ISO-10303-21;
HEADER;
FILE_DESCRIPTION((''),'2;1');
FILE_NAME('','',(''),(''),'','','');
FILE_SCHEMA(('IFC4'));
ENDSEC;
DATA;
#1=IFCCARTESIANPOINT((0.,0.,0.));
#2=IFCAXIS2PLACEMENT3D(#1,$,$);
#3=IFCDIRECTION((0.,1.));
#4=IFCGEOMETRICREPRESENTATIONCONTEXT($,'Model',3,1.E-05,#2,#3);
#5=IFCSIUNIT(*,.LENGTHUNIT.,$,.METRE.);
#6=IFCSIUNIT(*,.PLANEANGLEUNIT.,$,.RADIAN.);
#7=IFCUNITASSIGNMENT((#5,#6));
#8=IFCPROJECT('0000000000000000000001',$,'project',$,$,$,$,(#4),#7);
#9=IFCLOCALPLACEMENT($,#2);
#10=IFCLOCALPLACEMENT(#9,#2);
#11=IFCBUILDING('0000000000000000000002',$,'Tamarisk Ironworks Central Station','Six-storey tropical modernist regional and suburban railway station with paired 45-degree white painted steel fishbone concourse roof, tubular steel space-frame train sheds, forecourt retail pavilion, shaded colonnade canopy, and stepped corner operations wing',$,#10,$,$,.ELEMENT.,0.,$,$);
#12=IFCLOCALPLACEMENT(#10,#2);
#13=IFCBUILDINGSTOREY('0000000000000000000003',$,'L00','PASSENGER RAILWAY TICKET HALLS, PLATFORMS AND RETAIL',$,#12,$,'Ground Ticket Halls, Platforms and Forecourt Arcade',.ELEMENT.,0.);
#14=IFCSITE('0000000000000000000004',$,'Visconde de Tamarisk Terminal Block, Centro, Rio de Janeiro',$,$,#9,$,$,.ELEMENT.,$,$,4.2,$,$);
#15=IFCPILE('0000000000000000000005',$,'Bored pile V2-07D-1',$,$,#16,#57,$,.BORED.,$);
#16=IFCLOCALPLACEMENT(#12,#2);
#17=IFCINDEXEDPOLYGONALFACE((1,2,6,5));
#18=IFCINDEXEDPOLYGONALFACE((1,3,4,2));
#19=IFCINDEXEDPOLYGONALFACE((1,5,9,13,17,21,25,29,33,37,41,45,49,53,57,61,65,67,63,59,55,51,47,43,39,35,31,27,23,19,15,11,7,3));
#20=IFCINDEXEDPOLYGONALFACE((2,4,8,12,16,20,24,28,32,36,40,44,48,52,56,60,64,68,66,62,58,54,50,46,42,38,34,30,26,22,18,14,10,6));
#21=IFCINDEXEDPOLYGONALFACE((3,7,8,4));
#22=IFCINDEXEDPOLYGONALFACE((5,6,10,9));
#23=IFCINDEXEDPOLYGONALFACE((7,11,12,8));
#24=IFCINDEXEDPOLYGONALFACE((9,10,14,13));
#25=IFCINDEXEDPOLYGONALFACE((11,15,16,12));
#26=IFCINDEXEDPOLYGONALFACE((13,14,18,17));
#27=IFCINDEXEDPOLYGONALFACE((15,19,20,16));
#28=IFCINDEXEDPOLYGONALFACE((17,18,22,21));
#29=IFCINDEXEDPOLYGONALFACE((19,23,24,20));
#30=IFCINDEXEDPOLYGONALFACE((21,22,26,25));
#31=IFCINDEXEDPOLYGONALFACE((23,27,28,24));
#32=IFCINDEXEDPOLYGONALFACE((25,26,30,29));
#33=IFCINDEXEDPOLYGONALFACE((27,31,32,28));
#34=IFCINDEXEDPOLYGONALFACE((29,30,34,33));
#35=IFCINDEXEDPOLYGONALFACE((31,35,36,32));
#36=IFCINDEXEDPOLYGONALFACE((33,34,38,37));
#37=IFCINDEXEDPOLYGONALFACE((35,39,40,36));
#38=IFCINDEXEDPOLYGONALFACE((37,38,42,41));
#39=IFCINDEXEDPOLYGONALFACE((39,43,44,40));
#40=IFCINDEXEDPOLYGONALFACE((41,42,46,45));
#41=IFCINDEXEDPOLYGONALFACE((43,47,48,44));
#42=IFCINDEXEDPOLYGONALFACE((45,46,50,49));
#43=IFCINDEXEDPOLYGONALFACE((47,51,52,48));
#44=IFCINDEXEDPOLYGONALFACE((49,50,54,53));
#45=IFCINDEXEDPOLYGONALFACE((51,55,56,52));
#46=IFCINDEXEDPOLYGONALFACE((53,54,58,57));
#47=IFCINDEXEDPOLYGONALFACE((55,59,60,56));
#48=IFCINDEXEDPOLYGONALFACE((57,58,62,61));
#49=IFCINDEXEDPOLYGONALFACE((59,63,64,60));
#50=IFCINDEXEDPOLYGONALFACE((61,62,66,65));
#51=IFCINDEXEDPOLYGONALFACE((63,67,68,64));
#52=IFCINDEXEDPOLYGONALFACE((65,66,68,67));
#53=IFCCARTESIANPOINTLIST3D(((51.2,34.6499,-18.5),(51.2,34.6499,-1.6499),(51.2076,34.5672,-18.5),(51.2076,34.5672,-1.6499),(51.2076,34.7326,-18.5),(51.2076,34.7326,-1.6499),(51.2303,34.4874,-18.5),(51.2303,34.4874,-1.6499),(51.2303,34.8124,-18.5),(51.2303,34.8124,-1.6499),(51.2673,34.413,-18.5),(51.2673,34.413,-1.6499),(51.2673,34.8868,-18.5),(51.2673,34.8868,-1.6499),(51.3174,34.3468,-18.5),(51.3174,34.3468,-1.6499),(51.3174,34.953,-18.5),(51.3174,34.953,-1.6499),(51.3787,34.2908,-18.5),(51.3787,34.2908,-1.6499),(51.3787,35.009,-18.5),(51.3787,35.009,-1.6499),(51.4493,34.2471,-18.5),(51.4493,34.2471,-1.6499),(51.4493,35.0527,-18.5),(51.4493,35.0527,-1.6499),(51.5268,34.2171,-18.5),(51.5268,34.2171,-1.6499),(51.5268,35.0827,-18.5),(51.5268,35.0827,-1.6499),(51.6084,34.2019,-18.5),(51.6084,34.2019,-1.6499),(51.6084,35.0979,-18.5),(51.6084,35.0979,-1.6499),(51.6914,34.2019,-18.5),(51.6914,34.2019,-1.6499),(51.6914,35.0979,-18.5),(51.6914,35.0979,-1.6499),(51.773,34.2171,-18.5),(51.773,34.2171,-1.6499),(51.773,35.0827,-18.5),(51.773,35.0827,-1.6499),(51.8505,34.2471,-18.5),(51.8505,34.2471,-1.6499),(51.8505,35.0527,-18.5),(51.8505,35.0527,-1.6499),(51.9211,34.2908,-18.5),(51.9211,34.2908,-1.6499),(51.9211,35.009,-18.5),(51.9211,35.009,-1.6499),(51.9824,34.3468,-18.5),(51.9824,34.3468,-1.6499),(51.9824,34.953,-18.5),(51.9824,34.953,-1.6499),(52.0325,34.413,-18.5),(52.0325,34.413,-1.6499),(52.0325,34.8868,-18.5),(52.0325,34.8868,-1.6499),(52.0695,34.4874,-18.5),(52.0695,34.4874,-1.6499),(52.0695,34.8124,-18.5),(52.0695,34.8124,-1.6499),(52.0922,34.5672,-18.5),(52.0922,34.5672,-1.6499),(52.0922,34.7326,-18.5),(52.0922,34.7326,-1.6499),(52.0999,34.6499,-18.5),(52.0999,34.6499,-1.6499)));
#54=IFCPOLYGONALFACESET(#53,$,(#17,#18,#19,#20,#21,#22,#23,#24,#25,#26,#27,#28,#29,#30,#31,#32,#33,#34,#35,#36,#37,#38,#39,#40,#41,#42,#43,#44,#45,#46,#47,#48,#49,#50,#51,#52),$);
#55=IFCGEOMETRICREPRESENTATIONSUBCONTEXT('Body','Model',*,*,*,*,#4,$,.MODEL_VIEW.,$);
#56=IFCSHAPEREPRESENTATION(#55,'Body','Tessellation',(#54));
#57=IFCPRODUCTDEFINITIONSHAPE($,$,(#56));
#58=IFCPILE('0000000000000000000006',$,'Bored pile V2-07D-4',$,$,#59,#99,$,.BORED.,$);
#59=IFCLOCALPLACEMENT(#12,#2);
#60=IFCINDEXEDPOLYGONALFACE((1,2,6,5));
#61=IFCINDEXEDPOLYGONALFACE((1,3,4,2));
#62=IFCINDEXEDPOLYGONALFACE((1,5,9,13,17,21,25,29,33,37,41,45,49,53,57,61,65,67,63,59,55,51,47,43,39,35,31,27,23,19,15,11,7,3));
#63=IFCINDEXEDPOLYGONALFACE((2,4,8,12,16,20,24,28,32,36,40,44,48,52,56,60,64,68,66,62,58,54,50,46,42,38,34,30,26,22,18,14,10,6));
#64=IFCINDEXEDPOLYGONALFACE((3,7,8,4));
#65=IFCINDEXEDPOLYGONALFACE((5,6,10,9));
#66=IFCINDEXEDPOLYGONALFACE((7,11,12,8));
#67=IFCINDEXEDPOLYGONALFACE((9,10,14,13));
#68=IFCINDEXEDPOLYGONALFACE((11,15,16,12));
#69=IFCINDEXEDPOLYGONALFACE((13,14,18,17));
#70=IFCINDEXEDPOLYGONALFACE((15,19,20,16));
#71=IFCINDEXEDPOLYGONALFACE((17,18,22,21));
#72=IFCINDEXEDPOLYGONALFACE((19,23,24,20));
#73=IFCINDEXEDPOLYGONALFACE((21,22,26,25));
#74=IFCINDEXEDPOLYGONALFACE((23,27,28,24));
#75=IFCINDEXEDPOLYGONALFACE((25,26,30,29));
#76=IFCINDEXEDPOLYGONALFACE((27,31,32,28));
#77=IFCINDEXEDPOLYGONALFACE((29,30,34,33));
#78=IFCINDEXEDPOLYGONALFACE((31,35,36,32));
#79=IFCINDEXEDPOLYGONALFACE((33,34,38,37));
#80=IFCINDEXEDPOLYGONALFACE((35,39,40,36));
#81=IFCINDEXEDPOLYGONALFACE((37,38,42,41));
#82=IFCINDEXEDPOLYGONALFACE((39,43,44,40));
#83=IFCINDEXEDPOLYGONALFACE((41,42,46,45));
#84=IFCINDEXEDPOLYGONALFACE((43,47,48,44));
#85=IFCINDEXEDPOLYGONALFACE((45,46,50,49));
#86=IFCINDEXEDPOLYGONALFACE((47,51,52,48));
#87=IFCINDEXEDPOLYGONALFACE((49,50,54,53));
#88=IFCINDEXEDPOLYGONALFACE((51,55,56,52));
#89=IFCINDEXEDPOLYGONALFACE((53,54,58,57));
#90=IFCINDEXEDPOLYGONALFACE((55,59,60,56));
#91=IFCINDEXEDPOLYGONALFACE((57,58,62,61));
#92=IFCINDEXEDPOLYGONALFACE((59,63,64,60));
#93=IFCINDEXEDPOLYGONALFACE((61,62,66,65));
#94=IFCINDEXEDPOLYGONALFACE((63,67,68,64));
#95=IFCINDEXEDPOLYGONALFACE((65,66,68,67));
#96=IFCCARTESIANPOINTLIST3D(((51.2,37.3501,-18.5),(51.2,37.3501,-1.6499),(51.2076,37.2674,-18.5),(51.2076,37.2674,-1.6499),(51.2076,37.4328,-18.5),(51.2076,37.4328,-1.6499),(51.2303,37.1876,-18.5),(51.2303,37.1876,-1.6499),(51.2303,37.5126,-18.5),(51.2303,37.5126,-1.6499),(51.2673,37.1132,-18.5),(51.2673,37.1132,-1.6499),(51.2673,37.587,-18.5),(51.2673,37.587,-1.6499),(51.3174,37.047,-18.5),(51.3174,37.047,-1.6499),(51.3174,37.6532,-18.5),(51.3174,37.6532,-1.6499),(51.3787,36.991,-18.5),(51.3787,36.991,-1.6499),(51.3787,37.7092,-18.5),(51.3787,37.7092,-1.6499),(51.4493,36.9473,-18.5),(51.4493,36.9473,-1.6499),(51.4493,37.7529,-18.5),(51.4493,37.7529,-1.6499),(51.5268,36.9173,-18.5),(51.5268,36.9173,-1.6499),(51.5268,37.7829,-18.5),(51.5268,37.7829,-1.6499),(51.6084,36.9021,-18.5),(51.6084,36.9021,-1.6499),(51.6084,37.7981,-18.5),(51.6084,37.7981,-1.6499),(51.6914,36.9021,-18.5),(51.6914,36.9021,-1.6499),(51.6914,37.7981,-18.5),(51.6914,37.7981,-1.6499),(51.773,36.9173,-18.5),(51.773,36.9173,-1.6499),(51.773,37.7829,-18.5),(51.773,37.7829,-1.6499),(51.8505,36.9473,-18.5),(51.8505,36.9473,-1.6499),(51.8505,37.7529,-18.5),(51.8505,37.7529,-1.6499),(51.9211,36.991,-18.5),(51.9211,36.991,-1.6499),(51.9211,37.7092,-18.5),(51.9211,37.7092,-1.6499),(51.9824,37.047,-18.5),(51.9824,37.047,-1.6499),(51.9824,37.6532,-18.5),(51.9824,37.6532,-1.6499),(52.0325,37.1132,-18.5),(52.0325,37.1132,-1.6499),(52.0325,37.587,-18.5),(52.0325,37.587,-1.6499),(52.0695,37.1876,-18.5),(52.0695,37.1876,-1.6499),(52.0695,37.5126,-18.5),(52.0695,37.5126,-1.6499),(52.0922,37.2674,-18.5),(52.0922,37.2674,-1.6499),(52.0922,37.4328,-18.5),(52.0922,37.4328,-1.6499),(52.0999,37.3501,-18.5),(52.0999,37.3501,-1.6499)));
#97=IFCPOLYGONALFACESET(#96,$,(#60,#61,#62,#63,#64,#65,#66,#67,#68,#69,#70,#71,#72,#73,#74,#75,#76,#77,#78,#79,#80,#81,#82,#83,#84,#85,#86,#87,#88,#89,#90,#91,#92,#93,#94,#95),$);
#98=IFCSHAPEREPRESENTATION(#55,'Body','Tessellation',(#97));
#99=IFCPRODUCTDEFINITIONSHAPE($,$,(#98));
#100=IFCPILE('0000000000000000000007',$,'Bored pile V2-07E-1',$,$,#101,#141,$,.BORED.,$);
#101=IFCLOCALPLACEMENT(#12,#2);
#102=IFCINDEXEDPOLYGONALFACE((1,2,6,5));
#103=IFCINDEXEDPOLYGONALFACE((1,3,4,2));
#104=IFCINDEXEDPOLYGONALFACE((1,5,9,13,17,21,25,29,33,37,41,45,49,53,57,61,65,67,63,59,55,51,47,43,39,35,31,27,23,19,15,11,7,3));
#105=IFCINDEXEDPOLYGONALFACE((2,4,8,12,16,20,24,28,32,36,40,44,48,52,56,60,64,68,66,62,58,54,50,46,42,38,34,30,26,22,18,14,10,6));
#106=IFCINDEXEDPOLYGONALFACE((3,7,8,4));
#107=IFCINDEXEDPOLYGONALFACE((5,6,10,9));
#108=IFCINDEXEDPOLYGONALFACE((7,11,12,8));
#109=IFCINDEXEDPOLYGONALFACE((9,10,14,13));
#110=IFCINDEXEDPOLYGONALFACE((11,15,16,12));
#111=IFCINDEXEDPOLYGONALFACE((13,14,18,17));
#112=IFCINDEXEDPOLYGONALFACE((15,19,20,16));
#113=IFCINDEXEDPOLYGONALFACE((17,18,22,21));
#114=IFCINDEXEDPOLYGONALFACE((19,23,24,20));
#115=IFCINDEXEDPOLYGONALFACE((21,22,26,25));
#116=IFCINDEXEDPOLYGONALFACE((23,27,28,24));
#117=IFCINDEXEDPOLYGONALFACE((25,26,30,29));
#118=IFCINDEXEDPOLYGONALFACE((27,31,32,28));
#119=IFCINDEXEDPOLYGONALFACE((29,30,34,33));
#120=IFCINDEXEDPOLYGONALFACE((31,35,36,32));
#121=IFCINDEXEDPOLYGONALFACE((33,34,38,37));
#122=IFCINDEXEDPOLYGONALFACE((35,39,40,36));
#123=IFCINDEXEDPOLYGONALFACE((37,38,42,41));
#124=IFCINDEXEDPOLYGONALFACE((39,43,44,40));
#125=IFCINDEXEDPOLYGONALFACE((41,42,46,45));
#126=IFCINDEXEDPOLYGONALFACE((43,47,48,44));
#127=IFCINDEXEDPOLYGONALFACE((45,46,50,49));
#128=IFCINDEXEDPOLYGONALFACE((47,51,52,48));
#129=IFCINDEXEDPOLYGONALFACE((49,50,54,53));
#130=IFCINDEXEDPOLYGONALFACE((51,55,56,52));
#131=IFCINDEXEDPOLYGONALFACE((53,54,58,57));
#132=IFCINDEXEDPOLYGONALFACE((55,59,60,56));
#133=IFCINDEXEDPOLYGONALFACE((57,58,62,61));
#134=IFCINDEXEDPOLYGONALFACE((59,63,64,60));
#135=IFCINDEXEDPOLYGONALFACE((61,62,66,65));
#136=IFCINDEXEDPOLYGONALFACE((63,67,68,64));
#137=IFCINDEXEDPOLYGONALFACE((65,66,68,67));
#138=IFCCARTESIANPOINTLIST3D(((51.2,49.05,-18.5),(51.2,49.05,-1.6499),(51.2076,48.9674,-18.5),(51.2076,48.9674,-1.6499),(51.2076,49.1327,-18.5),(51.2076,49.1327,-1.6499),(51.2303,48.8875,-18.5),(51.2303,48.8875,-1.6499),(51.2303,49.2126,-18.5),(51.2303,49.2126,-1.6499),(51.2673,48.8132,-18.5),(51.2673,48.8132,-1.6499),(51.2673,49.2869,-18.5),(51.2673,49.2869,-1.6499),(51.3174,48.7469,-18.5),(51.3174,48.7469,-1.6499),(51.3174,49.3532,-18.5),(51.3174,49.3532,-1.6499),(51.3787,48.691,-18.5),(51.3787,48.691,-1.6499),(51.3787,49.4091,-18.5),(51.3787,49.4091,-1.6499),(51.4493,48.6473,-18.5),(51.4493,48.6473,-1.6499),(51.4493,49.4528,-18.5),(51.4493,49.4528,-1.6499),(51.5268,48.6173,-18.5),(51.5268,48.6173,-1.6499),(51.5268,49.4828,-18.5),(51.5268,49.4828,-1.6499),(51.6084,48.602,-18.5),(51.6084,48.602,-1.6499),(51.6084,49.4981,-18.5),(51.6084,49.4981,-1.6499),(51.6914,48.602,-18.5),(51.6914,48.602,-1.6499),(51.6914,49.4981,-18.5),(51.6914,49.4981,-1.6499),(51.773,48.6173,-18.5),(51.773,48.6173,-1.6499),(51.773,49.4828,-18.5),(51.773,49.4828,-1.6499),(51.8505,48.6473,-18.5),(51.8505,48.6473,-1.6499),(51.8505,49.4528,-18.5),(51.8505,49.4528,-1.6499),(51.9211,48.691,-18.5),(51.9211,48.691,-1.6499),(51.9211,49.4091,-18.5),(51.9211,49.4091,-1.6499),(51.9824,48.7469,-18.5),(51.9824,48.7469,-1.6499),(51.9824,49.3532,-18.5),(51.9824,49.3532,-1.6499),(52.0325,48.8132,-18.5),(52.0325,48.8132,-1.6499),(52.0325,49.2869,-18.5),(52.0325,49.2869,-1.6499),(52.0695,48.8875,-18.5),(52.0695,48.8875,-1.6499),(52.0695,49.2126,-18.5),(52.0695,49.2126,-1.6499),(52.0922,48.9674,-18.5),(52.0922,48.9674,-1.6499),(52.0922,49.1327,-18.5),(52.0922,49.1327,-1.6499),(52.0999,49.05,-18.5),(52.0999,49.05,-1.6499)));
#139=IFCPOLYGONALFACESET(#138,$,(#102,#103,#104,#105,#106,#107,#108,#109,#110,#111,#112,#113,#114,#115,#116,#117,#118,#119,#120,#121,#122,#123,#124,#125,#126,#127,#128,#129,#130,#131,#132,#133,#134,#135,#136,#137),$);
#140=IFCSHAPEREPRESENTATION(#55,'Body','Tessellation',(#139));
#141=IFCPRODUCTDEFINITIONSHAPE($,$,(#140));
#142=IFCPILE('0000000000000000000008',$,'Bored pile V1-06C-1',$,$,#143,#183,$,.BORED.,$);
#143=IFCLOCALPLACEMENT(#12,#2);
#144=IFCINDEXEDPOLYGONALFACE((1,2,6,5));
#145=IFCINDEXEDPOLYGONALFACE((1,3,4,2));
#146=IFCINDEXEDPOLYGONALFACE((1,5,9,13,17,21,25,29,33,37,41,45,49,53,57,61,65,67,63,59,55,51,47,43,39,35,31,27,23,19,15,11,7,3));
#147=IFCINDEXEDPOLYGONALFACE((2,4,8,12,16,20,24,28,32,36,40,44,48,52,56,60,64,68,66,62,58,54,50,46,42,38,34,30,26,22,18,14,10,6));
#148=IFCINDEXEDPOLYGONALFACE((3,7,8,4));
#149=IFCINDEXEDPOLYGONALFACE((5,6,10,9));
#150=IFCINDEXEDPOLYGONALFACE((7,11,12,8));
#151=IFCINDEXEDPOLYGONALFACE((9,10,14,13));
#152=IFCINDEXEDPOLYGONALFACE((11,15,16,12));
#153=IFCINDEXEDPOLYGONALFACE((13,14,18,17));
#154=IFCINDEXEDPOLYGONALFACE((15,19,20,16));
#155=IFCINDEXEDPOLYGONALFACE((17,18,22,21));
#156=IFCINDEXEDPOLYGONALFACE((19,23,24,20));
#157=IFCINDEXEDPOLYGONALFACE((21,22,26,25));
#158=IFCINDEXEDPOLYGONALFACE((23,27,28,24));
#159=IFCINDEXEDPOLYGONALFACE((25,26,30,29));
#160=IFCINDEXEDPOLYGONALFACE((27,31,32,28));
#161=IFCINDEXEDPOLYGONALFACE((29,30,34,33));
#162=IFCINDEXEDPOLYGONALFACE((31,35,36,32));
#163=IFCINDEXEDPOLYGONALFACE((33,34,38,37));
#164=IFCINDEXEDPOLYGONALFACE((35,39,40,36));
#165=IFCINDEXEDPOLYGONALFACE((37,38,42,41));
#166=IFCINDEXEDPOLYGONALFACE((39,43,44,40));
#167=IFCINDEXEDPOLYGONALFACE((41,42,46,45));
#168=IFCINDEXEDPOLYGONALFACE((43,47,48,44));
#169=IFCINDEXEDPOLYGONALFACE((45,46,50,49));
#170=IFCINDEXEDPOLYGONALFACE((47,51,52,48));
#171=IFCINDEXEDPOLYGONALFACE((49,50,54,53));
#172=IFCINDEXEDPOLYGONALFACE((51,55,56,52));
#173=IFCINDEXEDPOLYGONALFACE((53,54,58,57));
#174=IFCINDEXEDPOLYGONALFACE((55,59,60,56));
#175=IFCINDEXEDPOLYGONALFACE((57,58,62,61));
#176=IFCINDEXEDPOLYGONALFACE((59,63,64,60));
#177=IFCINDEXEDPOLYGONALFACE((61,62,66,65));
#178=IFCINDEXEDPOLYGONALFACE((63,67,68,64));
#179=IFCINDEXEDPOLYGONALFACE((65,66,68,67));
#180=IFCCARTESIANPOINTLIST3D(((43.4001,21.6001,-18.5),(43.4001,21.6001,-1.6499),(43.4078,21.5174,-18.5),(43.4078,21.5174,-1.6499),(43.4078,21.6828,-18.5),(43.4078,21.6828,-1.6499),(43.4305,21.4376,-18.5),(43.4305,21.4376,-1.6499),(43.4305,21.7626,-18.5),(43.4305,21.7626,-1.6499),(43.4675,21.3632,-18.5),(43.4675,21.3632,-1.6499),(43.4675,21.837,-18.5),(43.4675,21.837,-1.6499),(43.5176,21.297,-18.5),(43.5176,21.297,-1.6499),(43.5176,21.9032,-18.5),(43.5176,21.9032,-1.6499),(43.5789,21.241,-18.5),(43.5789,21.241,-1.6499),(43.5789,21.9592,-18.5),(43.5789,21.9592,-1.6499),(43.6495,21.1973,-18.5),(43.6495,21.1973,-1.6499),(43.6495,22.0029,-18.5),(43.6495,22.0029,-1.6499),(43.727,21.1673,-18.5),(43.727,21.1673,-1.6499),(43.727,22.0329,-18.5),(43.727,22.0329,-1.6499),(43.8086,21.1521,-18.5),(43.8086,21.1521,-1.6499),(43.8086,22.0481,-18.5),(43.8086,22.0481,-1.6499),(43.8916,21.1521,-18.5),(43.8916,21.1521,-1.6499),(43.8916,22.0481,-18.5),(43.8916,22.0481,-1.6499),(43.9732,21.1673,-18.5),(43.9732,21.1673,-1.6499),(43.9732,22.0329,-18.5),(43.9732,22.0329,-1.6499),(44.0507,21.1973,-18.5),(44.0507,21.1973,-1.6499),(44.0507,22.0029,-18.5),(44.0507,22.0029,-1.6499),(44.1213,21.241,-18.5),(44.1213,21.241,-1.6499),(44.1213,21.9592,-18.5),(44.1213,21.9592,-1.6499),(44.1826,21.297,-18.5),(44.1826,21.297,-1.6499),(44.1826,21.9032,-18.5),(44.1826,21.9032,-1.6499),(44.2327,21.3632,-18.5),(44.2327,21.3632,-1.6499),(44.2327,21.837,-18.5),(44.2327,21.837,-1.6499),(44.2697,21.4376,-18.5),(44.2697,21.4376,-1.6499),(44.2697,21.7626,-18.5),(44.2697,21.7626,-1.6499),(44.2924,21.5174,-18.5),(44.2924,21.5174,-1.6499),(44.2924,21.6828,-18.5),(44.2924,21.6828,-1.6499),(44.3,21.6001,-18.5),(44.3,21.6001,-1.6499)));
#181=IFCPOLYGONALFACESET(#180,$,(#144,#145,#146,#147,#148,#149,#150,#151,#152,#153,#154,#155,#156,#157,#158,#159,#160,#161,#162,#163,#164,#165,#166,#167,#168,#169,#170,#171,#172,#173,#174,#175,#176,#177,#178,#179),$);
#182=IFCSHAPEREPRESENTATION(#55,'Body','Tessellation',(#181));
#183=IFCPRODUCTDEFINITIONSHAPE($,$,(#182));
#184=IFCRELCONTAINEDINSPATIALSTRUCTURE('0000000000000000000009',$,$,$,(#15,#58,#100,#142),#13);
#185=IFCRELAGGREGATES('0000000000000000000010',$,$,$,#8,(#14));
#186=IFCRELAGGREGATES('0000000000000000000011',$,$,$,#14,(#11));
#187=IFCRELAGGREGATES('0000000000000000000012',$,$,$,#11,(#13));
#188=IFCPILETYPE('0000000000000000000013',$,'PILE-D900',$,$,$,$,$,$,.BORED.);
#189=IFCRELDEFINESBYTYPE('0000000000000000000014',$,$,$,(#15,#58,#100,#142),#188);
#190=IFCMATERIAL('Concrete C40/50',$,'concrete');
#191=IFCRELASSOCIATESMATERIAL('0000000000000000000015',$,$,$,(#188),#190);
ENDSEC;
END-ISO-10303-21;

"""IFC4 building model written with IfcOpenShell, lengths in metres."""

from ifc_helpers import new_model, si_unit, direction, frame, origin, origin_2d, place, context, subcontext, project, spatial, circle, extrude, material, material_profile, profile_set, type_object, element, save


model = new_model("IFC4")

# Units and contexts
model_context = context("Model", 3, precision=1e-05, world=origin(), true_north=direction((0.0, 1.0)))
body_context = subcontext(model_context, "Body", "Model", "MODEL_VIEW")
ifc_project = project(units=[si_unit("LENGTHUNIT", "METRE"), si_unit("PLANEANGLEUNIT", "RADIAN")], contexts=[model_context])

# Site, building, storey
site_placement = place(None, origin())
site = spatial("IfcSite", under=ifc_project, at=site_placement, Name="Visconde de Tamarisk Terminal Block, Centro, Rio de Janeiro", CompositionType="ELEMENT", RefElevation=4.2)
building_placement = place(site_placement, origin())
building = spatial("IfcBuilding", under=site, at=building_placement, Name="Tamarisk Ironworks Central Station", Description="Six-storey tropical modernist regional and suburban railway station with paired 45-degree white painted steel fishbone concourse roof, tubular steel space-frame train sheds, forecourt retail pavilion, shaded colonnade canopy, and stepped corner operations wing", CompositionType="ELEMENT", ElevationOfRefHeight=0.0)
storey_placement = place(building_placement, origin())
storey = spatial("IfcBuildingStorey", under=building, at=storey_placement, Name="L00", Description="PASSENGER RAILWAY TICKET HALLS, PLATFORMS AND RETAIL", LongName="Ground Ticket Halls, Platforms and Forecourt Arcade", CompositionType="ELEMENT", Elevation=0.0)

# Shared definitions
ifc_material_1 = material(Name="Concrete C40/50", Category="concrete")

# Piles
ifc_material_profile_1 = material_profile(ifc_material_1, circle(Radius=0.45, at=origin_2d()), Name="BORED PILE D900")
ifc_profile_set_1 = profile_set([ifc_material_profile_1], Name="Concrete C40/50")
pile_type_1 = type_object("IfcPileType", Name="PILE-D900", PredefinedType="BORED", material=ifc_profile_set_1)
for number, where, z_axis, x_axis, name in (
    (1, (51.6499, 34.6499, -1.6499), (0.0, 0.0, -1.0), (1.0, 0.0, 0.0), "Bored pile V2-07D-1"),
    (2, (51.6499, 37.3501, -1.6499), (0.0, 0.0, -1.0), (1.0, 0.0, 0.0), "Bored pile V2-07D-4"),
    (3, (51.6499, 49.05, -1.6499), (0.0, 0.0, -1.0), (1.0, 0.0, 0.0), "Bored pile V2-07E-1"),
    (4, (43.8501, 21.6001, -1.6499), (0.0, 0.0, -1.0), (1.0, 0.0, 0.0), "Bored pile V1-06C-1"),
):
    element("IfcPile", number, at=place(storey_placement, frame(where, z_axis=z_axis, x_axis=x_axis)), inside=storey, type_object=pile_type_1, Name=name, PredefinedType="BORED", context=body_context, shape_type="SweptSolid", body=[
        extrude(circle(Radius=0.45, at=origin_2d()), origin(), (0.0, 0.0, 1.0), 16.8501),
    ])

save(model, "model.ifc")
